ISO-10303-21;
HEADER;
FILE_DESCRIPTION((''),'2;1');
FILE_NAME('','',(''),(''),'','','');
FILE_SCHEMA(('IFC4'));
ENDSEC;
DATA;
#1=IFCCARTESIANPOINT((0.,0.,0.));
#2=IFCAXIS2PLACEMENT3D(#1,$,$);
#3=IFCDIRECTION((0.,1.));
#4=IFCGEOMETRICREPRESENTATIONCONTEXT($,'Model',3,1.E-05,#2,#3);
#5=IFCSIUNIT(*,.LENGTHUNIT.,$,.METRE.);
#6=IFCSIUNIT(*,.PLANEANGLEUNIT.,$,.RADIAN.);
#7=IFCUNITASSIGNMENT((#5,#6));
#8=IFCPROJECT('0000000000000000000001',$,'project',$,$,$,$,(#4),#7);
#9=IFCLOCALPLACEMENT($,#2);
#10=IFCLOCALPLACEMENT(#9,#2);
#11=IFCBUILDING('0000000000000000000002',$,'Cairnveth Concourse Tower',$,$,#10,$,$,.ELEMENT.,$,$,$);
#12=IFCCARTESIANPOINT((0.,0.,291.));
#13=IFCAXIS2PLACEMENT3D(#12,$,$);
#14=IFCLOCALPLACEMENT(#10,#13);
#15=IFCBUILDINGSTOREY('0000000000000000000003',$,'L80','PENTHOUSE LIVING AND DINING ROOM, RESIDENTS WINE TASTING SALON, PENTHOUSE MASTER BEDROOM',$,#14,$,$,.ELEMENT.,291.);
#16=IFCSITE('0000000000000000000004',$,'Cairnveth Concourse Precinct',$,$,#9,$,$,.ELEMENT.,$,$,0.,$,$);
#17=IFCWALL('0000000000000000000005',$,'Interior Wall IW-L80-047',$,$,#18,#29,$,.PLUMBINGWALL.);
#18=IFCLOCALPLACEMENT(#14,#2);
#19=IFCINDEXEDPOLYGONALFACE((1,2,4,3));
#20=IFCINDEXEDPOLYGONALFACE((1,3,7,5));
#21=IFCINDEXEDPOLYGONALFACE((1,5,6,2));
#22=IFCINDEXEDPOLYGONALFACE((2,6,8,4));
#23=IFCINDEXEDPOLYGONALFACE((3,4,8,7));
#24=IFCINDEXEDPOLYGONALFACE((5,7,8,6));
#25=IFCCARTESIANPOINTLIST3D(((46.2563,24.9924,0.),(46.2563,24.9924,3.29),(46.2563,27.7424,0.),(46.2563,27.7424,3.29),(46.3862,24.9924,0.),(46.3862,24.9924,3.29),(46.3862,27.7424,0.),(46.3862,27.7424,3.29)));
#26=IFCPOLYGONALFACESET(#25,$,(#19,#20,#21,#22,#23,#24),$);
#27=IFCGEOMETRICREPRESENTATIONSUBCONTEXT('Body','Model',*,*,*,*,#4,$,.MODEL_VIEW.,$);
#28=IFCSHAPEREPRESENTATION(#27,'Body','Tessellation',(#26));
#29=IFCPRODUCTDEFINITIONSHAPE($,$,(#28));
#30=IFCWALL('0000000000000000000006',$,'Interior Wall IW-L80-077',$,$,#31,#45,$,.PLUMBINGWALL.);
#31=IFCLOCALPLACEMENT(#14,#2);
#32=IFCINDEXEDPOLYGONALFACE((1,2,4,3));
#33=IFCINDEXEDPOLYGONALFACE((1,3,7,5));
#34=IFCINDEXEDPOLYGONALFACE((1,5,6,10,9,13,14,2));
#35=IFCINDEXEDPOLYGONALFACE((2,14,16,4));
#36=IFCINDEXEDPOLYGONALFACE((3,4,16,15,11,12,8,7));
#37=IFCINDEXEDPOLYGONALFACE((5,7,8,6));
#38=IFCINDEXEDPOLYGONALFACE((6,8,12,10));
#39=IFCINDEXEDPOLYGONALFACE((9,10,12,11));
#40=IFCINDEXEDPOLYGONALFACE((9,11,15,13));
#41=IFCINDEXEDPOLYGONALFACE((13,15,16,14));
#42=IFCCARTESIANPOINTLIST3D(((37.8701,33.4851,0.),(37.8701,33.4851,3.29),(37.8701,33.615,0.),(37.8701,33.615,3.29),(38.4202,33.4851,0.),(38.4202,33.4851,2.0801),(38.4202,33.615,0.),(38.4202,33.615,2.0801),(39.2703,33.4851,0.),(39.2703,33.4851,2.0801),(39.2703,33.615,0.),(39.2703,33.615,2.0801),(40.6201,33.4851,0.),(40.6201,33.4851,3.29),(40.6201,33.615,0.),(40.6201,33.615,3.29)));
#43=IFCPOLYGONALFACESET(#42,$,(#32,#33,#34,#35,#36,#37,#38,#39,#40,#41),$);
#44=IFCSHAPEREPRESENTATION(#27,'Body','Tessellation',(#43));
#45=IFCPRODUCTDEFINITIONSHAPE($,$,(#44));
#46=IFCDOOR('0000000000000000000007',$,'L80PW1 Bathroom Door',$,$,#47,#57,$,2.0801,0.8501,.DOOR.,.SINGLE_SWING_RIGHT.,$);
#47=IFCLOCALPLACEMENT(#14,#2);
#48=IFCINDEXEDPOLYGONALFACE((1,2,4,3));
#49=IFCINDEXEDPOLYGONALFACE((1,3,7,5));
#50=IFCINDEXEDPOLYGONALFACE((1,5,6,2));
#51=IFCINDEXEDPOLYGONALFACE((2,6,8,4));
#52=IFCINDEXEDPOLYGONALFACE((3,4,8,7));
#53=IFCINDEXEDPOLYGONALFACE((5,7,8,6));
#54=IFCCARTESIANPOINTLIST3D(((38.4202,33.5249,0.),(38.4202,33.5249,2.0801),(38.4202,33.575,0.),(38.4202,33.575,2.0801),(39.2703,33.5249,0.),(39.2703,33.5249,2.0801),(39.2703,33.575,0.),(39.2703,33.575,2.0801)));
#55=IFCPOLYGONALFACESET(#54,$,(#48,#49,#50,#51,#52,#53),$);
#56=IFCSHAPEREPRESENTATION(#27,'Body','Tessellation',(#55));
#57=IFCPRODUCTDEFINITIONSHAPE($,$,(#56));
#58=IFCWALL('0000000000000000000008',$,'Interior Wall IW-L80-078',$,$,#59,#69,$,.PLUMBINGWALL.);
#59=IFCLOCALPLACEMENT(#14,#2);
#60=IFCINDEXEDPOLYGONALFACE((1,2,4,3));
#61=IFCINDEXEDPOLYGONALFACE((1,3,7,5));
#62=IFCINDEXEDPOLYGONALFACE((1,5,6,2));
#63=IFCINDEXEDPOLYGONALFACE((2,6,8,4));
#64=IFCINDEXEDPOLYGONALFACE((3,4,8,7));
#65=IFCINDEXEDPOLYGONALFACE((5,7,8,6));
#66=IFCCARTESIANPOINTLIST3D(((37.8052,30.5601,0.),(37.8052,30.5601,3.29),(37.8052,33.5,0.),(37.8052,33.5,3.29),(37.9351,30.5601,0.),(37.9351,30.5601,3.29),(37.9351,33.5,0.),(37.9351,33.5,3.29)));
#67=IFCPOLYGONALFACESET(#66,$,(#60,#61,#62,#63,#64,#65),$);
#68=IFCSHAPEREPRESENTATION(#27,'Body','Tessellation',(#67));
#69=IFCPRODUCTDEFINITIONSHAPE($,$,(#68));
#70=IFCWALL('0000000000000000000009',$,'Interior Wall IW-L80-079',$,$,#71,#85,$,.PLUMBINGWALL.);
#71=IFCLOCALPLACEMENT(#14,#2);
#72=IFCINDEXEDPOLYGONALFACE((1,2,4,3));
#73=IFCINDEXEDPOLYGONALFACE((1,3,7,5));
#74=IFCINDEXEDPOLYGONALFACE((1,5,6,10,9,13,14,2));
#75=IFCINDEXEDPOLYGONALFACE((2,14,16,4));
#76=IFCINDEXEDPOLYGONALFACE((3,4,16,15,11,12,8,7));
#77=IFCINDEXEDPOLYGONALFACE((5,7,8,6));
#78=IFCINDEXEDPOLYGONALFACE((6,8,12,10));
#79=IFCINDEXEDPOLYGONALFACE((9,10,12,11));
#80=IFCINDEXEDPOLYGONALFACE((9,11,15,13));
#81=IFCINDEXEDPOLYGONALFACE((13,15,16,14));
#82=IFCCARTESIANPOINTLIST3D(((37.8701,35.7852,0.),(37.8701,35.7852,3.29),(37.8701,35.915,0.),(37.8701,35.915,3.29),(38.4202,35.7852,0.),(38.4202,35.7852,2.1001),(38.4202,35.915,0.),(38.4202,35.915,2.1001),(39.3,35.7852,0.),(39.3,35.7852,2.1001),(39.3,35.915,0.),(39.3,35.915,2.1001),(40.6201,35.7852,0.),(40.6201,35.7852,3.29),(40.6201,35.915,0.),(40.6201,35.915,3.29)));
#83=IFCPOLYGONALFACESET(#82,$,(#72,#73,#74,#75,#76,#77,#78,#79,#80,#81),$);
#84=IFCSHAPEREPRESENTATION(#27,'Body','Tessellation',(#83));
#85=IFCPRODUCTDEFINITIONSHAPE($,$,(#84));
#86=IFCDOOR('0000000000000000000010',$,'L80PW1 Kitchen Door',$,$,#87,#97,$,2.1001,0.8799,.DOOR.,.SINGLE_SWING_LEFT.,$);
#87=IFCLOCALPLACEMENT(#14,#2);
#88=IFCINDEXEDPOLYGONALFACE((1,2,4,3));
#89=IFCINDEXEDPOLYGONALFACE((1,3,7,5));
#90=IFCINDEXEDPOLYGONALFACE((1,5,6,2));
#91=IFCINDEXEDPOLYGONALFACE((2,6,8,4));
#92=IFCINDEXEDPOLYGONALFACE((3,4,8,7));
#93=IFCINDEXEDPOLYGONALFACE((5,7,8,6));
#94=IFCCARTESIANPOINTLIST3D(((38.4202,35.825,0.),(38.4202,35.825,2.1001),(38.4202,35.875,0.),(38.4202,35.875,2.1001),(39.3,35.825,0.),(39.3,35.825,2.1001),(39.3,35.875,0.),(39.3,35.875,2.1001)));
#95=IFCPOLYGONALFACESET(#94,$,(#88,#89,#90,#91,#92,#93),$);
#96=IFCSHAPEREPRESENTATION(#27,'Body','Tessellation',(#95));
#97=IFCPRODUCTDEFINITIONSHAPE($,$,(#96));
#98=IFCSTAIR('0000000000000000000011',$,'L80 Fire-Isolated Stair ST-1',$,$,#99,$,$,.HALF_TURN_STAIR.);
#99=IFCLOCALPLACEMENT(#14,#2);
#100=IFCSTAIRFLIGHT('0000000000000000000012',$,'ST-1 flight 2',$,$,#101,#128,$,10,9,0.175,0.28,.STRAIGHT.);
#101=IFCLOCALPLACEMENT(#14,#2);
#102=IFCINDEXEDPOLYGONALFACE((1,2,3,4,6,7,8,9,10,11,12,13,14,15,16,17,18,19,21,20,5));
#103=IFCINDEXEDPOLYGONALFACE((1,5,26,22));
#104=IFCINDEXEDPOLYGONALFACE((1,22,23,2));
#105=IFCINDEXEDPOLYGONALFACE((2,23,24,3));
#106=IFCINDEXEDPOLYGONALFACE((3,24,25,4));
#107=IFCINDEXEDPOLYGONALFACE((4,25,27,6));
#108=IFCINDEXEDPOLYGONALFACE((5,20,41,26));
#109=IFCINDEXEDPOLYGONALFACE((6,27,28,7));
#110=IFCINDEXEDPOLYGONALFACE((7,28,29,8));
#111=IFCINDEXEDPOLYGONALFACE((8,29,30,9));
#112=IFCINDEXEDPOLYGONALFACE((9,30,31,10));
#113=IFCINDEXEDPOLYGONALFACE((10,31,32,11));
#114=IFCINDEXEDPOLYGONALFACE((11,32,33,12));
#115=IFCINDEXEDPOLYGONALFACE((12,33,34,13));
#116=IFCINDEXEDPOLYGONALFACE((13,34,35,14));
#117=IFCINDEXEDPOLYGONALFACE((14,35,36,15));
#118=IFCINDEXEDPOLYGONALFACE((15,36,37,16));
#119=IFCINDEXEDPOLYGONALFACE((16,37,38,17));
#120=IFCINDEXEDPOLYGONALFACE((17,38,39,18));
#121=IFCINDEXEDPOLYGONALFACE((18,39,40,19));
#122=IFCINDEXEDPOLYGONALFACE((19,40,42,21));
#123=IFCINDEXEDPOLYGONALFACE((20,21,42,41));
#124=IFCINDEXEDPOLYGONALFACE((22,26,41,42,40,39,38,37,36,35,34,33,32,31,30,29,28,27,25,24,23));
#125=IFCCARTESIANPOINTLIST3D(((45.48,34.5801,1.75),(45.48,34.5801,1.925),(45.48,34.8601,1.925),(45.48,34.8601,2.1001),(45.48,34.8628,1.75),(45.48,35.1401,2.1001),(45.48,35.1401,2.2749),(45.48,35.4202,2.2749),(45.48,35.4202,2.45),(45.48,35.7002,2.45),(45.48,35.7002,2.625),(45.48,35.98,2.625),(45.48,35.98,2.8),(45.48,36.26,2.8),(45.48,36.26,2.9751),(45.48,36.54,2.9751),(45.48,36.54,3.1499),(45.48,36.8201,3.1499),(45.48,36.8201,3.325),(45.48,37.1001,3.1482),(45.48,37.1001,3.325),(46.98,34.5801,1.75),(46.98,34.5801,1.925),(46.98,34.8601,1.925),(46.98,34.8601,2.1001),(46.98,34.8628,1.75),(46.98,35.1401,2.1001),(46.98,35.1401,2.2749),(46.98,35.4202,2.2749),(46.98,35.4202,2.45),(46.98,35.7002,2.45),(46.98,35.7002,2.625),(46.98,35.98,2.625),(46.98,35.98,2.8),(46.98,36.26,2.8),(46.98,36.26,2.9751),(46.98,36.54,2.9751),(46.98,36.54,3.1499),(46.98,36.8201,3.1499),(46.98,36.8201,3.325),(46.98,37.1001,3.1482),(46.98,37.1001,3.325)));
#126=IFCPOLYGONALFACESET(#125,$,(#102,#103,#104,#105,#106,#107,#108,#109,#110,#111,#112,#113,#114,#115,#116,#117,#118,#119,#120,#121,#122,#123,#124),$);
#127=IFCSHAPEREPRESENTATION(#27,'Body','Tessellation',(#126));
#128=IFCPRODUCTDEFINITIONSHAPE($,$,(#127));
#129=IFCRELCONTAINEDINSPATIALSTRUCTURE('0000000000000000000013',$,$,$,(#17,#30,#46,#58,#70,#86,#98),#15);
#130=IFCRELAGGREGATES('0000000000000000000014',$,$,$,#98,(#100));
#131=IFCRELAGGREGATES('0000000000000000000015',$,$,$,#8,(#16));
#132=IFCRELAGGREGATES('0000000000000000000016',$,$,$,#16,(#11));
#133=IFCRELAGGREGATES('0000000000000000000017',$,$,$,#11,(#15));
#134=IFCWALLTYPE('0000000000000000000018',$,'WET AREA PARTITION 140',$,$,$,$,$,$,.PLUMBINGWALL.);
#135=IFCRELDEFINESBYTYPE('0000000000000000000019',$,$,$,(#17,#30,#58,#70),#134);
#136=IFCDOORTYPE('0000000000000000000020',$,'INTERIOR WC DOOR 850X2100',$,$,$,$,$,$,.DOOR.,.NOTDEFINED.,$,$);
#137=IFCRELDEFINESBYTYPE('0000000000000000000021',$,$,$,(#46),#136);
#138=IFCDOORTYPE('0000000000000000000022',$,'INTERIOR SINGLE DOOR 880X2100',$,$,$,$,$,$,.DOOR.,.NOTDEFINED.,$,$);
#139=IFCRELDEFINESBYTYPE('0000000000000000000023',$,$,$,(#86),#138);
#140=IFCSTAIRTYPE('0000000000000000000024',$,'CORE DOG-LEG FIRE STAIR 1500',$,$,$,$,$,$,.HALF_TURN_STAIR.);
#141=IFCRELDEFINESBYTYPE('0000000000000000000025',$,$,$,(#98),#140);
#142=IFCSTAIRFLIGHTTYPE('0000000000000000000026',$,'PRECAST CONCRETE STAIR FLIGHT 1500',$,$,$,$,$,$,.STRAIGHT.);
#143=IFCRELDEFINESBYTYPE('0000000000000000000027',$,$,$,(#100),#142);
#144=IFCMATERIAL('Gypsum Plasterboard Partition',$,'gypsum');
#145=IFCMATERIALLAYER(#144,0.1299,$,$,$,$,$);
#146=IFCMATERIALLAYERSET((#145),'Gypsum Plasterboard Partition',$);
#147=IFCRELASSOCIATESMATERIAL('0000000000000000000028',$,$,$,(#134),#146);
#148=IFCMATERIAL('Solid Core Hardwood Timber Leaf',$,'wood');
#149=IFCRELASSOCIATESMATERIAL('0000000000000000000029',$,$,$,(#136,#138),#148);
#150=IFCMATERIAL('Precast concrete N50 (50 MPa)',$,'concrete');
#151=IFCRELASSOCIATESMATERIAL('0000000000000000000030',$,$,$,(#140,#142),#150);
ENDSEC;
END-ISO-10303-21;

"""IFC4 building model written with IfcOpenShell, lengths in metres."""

from ifc_helpers import new_model, si_unit, direction, frame, frame_2d, origin, place, context, subcontext, project, spatial, polyline, rectangle, outline, extrude, material, layer, layer_set, type_object, element, fill, aggregate, save


model = new_model("IFC4")

# Units and contexts
model_context = context("Model", 3, precision=1e-05, world=origin(), true_north=direction((0.0, 1.0)))
body_context = subcontext(model_context, "Body", "Model", "MODEL_VIEW")
ifc_project = project(units=[si_unit("LENGTHUNIT", "METRE"), si_unit("PLANEANGLEUNIT", "RADIAN")], contexts=[model_context])

# Site, building, storey
site_placement = place(None, origin())
site = spatial("IfcSite", under=ifc_project, at=site_placement, Name="Cairnveth Concourse Precinct", CompositionType="ELEMENT", RefElevation=0.0)
building_placement = place(site_placement, origin())
building = spatial("IfcBuilding", under=site, at=building_placement, Name="Cairnveth Concourse Tower", CompositionType="ELEMENT")
storey_placement = place(building_placement, frame((0.0, 0.0, 291.0)))
storey = spatial("IfcBuildingStorey", under=building, at=storey_placement, Name="L80", Description="PENTHOUSE LIVING AND DINING ROOM, RESIDENTS WINE TASTING SALON, PENTHOUSE MASTER BEDROOM", CompositionType="ELEMENT", Elevation=291.0)

# Shared definitions
ifc_material_1 = material(Name="Gypsum Plasterboard Partition", Category="gypsum")

# Shared definitions
ifc_material_2 = material(Name="Solid Core Hardwood Timber Leaf", Category="wood")

# Wall
ifc_layer_1 = layer(ifc_material_1, 0.1299)
ifc_layer_set_1 = layer_set([ifc_layer_1], Name="Gypsum Plasterboard Partition")
wall_type_1 = type_object("IfcWallType", Name="WET AREA PARTITION 140", PredefinedType="PLUMBINGWALL", material=ifc_layer_set_1)
wall_1_placement = place(storey_placement, frame((46.3213, 24.9924, 0.0), z_axis=(0.0, 0.0, 1.0), x_axis=(0.0, 1.0, 0.0)))
element("IfcWall", 1, at=wall_1_placement, inside=storey, type_object=wall_type_1, Name="Interior Wall IW-L80-047", PredefinedType="PLUMBINGWALL", context=body_context, shape_type="SweptSolid", body=[
    extrude(rectangle(XDim=2.75, YDim=0.1299, at=frame_2d((1.375, 0.0))), origin(), (0.0, 0.0, 1.0), 3.29),
])

# Wall, opening, door
wall_2_placement = place(storey_placement, frame((37.8701, 33.55, 0.0), z_axis=(0.0, 0.0, 1.0), x_axis=(1.0, 0.0, 0.0)))
wall_2 = element("IfcWall", 2, at=wall_2_placement, inside=storey, type_object=wall_type_1, Name="Interior Wall IW-L80-077", PredefinedType="PLUMBINGWALL", context=body_context, shape_type="SweptSolid", body=[
    extrude(rectangle(XDim=2.75, YDim=0.1299, at=frame_2d((1.375, 0.0))), origin(), (0.0, 0.0, 1.0), 3.29),
])
opening_1_placement = place(wall_2_placement, frame((0.55, 0.0, 0.0)))
opening_1 = element("IfcOpeningElement", 3, at=opening_1_placement, cuts=wall_2, PredefinedType="OPENING", context=body_context, shape_type="SweptSolid", body=[
    extrude(rectangle(XDim=0.8501, YDim=2.0801, at=frame_2d((0.425, 1.04))), frame((0.0, 0.075, 0.0), z_axis=(0.0, -1.0, 0.0), x_axis=(1.0, 0.0, 0.0)), (0.0, 0.0, 1.0), 0.1499),
])
door_type_1 = type_object("IfcDoorType", Name="INTERIOR WC DOOR 850X2100", OperationType="NOTDEFINED", PredefinedType="DOOR", material=ifc_material_2)
door_1_placement = place(opening_1_placement, origin())
door_1 = element("IfcDoor", 4, at=door_1_placement, inside=storey, type_object=door_type_1, Name="L80PW1 Bathroom Door", OperationType="SINGLE_SWING_RIGHT", OverallHeight=2.0801, OverallWidth=0.8501, PredefinedType="DOOR", context=body_context, shape_type="SweptSolid", body=[
    extrude(rectangle(XDim=0.8501, YDim=2.0801, at=frame_2d((0.425, 1.04))), frame((0.0, 0.0249, 0.0), z_axis=(0.0, -1.0, 0.0), x_axis=(1.0, 0.0, 0.0)), (0.0, 0.0, 1.0), 0.05),
])
fill(opening_1, door_1)

# Wall
wall_3_placement = place(storey_placement, frame((37.8701, 30.5601, 0.0), z_axis=(0.0, 0.0, 1.0), x_axis=(0.0, 1.0, 0.0)))
element("IfcWall", 5, at=wall_3_placement, inside=storey, type_object=wall_type_1, Name="Interior Wall IW-L80-078", PredefinedType="PLUMBINGWALL", context=body_context, shape_type="SweptSolid", body=[
    extrude(rectangle(XDim=2.9399, YDim=0.1299, at=frame_2d((1.47, 0.0))), origin(), (0.0, 0.0, 1.0), 3.29),
])

# Wall, opening, door
wall_4_placement = place(storey_placement, frame((37.8701, 35.8501, 0.0), z_axis=(0.0, 0.0, 1.0), x_axis=(1.0, 0.0, 0.0)))
wall_4 = element("IfcWall", 6, at=wall_4_placement, inside=storey, type_object=wall_type_1, Name="Interior Wall IW-L80-079", PredefinedType="PLUMBINGWALL", context=body_context, shape_type="SweptSolid", body=[
    extrude(rectangle(XDim=2.75, YDim=0.1299, at=frame_2d((1.375, 0.0))), origin(), (0.0, 0.0, 1.0), 3.29),
])
opening_2_placement = place(wall_4_placement, frame((0.55, 0.0, 0.0)))
opening_2 = element("IfcOpeningElement", 7, at=opening_2_placement, cuts=wall_4, PredefinedType="OPENING", context=body_context, shape_type="SweptSolid", body=[
    extrude(rectangle(XDim=0.8799, YDim=2.1001, at=frame_2d((0.4399, 1.05))), frame((0.0, 0.075, 0.0), z_axis=(0.0, -1.0, 0.0), x_axis=(1.0, 0.0, 0.0)), (0.0, 0.0, 1.0), 0.1499),
])
door_type_2 = type_object("IfcDoorType", Name="INTERIOR SINGLE DOOR 880X2100", OperationType="NOTDEFINED", PredefinedType="DOOR", material=ifc_material_2)
door_2_placement = place(opening_2_placement, origin())
door_2 = element("IfcDoor", 8, at=door_2_placement, inside=storey, type_object=door_type_2, Name="L80PW1 Kitchen Door", OperationType="SINGLE_SWING_LEFT", OverallHeight=2.1001, OverallWidth=0.8799, PredefinedType="DOOR", context=body_context, shape_type="SweptSolid", body=[
    extrude(rectangle(XDim=0.8799, YDim=2.1001, at=frame_2d((0.4399, 1.05))), frame((0.0, 0.0249, 0.0), z_axis=(0.0, -1.0, 0.0), x_axis=(1.0, 0.0, 0.0)), (0.0, 0.0, 1.0), 0.05),
])
fill(opening_2, door_2)

# Stair, stair flight
ifc_material_3 = material(Name="Precast concrete N50 (50 MPa)", Category="concrete")
stair_type = type_object("IfcStairType", Name="CORE DOG-LEG FIRE STAIR 1500", PredefinedType="HALF_TURN_STAIR", material=ifc_material_3)
stair_placement = place(storey_placement, origin())
stair = element("IfcStair", 9, at=stair_placement, inside=storey, type_object=stair_type, Name="L80 Fire-Isolated Stair ST-1", PredefinedType="HALF_TURN_STAIR")
stair_flight_type = type_object("IfcStairFlightType", Name="PRECAST CONCRETE STAIR FLIGHT 1500", PredefinedType="STRAIGHT", material=ifc_material_3)
stair_flight_placement = place(storey_placement, frame((46.23, 34.5801, 1.75), z_axis=(0.0, 0.0, 1.0), x_axis=(0.0, 1.0, 0.0)))
stair_flight = element("IfcStairFlight", 10, at=stair_flight_placement, type_object=stair_flight_type, Name="ST-1 flight 2", NumberOfRisers=10, NumberOfTreads=9, PredefinedType="STRAIGHT", RiserHeight=0.175, TreadLength=0.28, context=body_context, shape_type="SweptSolid", body=[
    extrude(outline(polyline([(0.0, 0.0), (0.0, 0.175), (0.28, 0.175), (0.28, 0.3501), (0.5601, 0.3501), (0.5601, 0.5249), (0.8401, 0.5249), (0.8401, 0.7), (1.1201, 0.7), (1.1201, 0.875), (1.3999, 0.875), (1.3999, 1.05), (1.6799, 1.05), (1.6799, 1.2251), (1.96, 1.2251), (1.96, 1.3999), (2.24, 1.3999), (2.24, 1.575), (2.52, 1.575), (2.52, 1.75), (2.52, 1.3982), (0.2827, 0.0), (0.0, 0.0)])), frame((0.0, 0.75, 0.0), z_axis=(0.0, -1.0, 0.0), x_axis=(1.0, 0.0, 0.0)), (0.0, 0.0, 1.0), 1.5),
])
aggregate(stair, [stair_flight])

save(model, "model.ifc")
